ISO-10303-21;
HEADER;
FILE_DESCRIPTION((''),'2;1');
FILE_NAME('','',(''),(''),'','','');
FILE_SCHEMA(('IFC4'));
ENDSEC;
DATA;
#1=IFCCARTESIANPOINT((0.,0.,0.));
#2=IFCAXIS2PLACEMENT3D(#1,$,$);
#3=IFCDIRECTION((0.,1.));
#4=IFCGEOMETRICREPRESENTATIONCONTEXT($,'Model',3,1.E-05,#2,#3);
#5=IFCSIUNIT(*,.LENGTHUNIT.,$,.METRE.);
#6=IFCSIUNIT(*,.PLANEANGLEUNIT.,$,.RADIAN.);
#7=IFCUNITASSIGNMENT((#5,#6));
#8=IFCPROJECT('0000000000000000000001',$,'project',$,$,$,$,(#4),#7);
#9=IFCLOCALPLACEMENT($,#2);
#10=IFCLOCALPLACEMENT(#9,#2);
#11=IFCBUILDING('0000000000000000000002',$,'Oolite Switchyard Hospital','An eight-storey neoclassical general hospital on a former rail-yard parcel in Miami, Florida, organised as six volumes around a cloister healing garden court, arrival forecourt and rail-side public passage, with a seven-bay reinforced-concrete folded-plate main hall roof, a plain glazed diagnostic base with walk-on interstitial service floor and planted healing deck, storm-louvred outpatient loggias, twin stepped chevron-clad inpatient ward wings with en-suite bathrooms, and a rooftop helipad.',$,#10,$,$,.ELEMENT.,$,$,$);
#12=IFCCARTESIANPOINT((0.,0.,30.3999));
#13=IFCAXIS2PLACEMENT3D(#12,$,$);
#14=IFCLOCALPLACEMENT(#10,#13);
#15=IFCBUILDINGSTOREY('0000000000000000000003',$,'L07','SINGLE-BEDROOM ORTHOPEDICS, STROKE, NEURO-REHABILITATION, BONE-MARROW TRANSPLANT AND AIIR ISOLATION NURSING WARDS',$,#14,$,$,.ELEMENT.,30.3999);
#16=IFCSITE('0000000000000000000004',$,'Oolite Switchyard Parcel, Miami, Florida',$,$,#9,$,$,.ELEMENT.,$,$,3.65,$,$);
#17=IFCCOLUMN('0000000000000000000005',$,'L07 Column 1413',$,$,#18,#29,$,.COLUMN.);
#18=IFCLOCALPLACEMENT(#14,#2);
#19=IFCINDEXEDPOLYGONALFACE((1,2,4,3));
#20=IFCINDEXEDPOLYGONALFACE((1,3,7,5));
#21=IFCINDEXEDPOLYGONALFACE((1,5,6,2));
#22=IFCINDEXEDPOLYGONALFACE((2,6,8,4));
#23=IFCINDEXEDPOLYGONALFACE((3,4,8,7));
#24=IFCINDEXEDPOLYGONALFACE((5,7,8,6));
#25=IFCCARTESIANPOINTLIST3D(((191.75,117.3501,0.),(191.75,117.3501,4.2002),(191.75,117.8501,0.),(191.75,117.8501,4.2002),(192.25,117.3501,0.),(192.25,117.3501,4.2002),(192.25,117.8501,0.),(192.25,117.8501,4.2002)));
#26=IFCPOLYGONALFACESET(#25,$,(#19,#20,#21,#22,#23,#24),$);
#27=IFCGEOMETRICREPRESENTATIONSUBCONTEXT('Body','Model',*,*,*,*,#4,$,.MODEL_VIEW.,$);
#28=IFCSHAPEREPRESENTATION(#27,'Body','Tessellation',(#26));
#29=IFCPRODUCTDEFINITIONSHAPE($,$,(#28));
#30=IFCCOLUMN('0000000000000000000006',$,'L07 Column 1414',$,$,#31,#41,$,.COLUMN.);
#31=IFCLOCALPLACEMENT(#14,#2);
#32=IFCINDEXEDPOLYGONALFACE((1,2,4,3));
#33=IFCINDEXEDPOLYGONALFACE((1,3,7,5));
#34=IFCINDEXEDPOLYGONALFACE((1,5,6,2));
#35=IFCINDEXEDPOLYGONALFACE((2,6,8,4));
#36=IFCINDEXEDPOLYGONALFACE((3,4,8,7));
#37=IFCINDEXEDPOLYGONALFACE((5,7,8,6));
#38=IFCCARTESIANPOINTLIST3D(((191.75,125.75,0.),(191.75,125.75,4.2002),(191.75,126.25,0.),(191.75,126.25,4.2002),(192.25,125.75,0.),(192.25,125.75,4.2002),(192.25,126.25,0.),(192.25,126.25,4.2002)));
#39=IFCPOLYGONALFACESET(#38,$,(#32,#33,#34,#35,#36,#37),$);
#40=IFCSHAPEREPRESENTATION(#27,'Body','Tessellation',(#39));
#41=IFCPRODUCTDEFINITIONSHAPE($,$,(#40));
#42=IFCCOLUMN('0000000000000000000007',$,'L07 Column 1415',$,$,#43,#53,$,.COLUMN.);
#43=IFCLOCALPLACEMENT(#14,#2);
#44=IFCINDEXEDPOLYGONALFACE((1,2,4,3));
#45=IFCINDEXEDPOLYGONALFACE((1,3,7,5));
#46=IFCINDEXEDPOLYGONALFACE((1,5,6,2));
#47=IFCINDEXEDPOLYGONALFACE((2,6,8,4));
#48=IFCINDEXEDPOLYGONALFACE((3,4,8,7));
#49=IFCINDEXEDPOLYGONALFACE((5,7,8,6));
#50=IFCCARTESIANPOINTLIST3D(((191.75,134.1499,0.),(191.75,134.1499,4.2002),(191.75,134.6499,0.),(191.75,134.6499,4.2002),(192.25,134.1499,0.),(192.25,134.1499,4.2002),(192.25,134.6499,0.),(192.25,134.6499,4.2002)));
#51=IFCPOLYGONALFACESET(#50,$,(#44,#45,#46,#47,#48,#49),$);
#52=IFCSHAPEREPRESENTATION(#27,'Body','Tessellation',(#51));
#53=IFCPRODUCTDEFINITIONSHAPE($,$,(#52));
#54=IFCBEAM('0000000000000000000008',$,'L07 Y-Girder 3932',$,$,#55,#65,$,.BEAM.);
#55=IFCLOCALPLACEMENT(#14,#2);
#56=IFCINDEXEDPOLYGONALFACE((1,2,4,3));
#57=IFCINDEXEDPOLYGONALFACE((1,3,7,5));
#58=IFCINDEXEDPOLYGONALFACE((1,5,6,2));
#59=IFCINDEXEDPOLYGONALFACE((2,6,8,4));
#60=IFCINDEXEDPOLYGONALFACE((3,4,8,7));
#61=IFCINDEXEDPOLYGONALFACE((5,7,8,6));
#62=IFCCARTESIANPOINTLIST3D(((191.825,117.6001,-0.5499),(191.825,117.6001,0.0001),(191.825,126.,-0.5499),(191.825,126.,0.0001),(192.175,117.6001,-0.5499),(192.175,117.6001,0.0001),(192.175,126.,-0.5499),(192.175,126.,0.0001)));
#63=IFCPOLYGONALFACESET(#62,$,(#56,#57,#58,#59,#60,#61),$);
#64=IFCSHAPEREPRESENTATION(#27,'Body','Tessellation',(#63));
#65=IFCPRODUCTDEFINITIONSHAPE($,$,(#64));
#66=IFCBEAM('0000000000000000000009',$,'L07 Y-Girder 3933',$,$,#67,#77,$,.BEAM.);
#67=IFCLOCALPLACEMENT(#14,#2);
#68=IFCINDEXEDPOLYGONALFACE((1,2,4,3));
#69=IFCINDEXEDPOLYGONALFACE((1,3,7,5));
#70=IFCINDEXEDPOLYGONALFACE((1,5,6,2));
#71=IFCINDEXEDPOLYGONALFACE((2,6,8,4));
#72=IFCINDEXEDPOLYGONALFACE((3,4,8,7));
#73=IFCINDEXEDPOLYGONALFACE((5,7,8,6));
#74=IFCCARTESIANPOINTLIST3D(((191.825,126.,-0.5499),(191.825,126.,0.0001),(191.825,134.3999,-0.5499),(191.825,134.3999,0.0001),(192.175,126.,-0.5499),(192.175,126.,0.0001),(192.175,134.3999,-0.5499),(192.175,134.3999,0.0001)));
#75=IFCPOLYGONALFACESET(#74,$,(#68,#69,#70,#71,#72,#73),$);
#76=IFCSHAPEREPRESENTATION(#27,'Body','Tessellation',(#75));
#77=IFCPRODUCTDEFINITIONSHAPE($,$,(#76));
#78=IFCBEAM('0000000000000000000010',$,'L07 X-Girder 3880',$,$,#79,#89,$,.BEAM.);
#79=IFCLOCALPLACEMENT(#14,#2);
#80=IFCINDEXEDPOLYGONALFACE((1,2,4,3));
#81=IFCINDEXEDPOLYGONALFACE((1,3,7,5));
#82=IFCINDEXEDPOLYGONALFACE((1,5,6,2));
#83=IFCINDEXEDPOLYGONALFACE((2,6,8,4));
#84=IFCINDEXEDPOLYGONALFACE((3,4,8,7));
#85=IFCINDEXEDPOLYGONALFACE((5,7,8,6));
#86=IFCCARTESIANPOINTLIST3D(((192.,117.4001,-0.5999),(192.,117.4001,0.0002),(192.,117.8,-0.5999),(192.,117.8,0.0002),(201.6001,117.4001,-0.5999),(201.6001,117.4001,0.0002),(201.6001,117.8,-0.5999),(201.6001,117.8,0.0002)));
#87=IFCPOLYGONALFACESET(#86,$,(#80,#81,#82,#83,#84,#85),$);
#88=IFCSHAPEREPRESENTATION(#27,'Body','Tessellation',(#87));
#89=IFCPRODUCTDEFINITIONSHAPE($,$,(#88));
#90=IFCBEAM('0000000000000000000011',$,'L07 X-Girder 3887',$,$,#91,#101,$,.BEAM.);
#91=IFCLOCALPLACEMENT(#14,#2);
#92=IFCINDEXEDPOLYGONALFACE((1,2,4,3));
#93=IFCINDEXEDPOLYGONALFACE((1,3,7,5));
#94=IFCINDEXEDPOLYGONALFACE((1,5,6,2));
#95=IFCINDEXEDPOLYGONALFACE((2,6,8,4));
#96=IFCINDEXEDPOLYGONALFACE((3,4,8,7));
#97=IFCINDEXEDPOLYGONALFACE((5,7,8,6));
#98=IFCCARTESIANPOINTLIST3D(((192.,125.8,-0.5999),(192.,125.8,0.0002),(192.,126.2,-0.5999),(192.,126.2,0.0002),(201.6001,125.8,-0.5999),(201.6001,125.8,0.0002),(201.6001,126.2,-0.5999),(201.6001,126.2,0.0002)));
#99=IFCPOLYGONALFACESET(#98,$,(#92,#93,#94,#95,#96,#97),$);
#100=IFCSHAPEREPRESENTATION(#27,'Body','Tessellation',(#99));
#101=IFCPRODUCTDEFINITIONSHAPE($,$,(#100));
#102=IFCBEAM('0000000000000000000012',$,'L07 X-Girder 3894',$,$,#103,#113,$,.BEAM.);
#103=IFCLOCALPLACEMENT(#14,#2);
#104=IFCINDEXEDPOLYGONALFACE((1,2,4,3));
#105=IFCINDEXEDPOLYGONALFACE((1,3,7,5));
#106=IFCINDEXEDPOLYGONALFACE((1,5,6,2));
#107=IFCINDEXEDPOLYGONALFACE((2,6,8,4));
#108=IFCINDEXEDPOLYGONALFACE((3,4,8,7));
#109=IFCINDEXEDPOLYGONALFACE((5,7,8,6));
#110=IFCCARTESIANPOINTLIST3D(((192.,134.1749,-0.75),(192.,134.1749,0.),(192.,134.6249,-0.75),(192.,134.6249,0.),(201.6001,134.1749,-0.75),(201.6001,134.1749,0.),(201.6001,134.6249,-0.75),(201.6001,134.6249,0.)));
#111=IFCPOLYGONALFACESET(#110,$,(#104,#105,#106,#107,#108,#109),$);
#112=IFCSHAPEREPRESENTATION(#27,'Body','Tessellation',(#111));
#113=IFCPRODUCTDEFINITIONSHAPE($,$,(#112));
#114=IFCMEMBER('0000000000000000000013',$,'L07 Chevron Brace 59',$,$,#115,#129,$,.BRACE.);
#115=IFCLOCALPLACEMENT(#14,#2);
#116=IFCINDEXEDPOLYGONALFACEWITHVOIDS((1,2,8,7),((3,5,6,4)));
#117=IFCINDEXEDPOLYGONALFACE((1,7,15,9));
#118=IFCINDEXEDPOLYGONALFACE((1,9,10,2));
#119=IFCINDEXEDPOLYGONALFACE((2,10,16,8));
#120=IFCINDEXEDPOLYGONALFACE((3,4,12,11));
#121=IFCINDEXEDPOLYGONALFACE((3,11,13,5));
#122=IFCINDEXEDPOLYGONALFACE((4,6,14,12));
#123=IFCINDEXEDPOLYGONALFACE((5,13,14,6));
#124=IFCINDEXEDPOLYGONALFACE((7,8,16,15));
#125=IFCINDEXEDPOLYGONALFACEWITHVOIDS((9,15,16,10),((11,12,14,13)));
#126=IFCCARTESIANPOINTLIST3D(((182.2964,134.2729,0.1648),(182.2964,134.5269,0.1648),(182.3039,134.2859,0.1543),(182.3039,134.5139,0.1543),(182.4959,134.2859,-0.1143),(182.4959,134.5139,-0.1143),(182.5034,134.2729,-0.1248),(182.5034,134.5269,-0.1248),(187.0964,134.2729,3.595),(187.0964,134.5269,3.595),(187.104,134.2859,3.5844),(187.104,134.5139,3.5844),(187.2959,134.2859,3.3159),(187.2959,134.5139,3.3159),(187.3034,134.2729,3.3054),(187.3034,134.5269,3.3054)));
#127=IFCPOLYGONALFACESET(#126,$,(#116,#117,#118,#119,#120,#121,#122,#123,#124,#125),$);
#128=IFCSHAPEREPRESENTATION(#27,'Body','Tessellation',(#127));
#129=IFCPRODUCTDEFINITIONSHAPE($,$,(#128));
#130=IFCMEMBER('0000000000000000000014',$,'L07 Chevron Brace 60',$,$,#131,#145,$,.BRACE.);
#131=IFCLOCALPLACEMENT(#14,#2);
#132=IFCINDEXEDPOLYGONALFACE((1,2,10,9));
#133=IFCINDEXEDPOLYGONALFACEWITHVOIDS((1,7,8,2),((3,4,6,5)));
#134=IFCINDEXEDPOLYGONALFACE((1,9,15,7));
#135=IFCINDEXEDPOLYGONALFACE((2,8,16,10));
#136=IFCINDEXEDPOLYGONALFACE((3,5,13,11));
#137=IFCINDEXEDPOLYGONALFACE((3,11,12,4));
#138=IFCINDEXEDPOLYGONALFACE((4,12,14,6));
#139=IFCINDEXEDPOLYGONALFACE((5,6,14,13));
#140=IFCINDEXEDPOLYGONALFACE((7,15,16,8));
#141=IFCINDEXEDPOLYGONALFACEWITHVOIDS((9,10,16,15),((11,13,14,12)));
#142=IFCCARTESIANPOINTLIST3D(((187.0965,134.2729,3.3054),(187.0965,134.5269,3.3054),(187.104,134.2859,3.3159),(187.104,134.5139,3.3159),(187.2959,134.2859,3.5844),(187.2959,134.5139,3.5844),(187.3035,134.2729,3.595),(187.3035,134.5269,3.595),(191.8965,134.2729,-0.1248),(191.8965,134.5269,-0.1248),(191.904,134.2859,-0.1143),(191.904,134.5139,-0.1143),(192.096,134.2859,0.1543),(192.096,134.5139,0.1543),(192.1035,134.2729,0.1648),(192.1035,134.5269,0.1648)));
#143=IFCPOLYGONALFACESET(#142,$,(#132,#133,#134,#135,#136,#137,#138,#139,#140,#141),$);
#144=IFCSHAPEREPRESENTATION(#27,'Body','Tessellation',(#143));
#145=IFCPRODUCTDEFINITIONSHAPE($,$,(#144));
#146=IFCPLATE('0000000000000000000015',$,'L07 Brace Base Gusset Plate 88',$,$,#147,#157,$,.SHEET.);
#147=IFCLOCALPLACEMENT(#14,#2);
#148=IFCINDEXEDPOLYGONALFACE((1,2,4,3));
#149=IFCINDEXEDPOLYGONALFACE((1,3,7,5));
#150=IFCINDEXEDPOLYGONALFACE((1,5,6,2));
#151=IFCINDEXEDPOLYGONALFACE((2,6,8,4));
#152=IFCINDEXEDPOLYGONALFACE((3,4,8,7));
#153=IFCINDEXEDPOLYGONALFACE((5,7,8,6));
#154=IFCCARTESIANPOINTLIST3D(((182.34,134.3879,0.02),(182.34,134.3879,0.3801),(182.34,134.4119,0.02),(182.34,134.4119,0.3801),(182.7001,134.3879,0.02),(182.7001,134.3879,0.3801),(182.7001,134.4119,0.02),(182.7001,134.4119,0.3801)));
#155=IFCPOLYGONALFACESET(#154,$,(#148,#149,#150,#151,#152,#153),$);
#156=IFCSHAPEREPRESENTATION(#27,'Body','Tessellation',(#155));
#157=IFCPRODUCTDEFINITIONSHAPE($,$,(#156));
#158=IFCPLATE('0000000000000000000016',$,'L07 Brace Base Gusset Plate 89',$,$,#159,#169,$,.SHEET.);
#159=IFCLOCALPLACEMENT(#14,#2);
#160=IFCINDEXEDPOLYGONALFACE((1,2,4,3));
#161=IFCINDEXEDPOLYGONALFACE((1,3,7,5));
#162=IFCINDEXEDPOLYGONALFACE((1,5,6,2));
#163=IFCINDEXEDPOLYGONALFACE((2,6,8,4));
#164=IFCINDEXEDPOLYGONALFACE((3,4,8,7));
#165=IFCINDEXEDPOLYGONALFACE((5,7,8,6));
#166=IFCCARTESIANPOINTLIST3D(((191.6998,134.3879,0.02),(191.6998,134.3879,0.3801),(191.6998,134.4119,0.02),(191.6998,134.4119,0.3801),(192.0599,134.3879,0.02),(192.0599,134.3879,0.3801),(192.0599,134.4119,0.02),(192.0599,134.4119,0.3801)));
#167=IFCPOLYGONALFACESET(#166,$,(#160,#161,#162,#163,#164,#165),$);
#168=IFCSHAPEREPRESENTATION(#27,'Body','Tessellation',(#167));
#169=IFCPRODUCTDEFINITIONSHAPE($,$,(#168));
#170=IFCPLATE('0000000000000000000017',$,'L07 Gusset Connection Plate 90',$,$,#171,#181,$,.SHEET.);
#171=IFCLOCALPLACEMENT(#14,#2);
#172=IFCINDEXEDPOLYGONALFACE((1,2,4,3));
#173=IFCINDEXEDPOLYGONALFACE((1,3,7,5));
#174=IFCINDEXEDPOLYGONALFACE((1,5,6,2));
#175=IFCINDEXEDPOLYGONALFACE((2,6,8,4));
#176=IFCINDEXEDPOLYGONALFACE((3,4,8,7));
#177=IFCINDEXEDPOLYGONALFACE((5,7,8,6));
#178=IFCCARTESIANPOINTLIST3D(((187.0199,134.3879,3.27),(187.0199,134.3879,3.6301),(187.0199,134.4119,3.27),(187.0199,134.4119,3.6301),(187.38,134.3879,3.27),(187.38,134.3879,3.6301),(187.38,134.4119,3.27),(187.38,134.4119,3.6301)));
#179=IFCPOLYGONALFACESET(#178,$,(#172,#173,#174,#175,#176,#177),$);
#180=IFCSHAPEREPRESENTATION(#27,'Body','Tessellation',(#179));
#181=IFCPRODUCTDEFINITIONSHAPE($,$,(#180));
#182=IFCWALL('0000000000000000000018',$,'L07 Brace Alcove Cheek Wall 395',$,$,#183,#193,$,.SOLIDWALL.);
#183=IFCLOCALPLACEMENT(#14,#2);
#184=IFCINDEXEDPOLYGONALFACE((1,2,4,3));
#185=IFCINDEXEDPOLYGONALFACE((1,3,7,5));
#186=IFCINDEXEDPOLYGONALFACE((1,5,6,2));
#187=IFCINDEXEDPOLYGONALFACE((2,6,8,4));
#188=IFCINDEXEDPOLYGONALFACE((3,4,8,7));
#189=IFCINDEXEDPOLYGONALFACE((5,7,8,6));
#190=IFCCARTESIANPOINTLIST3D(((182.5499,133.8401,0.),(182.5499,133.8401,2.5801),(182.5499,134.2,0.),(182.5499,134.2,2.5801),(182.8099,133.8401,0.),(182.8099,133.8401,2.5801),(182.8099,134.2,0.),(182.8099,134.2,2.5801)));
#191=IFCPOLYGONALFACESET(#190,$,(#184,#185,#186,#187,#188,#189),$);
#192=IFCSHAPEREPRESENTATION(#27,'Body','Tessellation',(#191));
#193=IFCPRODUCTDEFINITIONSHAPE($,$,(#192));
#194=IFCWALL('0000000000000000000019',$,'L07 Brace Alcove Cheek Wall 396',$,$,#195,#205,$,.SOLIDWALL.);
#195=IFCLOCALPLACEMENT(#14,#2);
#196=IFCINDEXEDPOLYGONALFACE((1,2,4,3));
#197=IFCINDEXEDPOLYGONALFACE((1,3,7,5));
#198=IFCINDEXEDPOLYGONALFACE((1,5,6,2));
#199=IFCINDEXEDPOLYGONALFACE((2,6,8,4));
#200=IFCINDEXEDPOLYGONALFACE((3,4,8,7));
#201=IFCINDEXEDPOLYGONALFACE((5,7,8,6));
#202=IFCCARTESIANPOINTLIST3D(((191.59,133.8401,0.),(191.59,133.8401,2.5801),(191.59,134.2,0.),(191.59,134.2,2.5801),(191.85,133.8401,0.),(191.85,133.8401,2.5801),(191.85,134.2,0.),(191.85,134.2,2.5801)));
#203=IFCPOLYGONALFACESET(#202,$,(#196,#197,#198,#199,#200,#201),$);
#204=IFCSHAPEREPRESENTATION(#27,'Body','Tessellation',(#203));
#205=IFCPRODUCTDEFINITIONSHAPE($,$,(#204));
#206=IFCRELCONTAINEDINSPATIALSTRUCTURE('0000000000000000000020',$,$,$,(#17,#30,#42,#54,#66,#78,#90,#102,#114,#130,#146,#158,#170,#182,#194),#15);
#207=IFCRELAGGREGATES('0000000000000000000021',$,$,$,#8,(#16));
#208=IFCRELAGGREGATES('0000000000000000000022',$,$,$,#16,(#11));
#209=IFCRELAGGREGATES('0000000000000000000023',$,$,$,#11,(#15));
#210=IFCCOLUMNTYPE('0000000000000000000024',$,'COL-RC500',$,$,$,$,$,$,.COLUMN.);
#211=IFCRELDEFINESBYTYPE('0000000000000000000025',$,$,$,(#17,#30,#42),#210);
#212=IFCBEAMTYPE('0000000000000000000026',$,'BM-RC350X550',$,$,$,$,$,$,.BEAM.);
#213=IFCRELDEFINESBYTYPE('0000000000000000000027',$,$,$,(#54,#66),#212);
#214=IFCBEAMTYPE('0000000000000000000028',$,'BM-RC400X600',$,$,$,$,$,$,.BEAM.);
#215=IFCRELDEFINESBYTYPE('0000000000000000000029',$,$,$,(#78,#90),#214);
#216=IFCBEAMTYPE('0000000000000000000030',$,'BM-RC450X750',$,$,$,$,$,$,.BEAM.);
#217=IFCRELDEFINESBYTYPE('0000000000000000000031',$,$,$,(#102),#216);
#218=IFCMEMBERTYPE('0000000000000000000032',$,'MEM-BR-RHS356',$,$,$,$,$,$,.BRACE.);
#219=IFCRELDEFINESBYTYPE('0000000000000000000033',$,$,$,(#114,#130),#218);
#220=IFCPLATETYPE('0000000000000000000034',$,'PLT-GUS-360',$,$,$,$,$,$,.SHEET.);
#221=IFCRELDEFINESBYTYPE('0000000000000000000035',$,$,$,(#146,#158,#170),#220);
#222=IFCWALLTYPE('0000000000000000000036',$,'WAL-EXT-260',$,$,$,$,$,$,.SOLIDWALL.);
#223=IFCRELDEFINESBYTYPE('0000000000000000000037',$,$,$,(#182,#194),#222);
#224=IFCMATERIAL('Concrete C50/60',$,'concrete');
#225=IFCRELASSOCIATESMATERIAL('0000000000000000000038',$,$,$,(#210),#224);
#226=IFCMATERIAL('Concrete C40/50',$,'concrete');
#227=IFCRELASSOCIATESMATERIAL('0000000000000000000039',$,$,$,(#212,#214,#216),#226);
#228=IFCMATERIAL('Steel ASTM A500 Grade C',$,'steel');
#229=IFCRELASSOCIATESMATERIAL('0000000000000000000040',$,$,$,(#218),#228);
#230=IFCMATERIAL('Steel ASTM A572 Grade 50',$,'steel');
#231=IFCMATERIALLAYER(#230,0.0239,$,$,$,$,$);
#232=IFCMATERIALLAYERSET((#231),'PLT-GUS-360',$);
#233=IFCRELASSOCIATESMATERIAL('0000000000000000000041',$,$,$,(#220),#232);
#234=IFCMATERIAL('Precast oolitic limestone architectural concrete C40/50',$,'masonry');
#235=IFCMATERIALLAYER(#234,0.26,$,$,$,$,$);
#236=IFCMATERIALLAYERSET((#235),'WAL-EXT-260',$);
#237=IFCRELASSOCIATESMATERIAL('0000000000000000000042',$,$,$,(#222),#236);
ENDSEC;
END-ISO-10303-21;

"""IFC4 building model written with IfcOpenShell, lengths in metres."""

from ifc_helpers import new_model, si_unit, direction, frame, frame_2d, origin, origin_2d, place, context, subcontext, project, spatial, rectangle, hollow_rectangle, extrude, material, layer, layer_set, material_profile, profile_set, type_object, element, save


model = new_model("IFC4")

# Units and contexts
model_context = context("Model", 3, precision=1e-05, world=origin(), true_north=direction((0.0, 1.0)))
body_context = subcontext(model_context, "Body", "Model", "MODEL_VIEW")
ifc_project = project(units=[si_unit("LENGTHUNIT", "METRE"), si_unit("PLANEANGLEUNIT", "RADIAN")], contexts=[model_context])

# Site, building, storey
site_placement = place(None, origin())
site = spatial("IfcSite", under=ifc_project, at=site_placement, Name="Oolite Switchyard Parcel, Miami, Florida", CompositionType="ELEMENT", RefElevation=3.65)
building_placement = place(site_placement, origin())
building = spatial("IfcBuilding", under=site, at=building_placement, Name="Oolite Switchyard Hospital", Description="An eight-storey neoclassical general hospital on a former rail-yard parcel in Miami, Florida, organised as six volumes around a cloister healing garden court, arrival forecourt and rail-side public passage, with a seven-bay reinforced-concrete folded-plate main hall roof, a plain glazed diagnostic base with walk-on interstitial service floor and planted healing deck, storm-louvred outpatient loggias, twin stepped chevron-clad inpatient ward wings with en-suite bathrooms, and a rooftop helipad.", CompositionType="ELEMENT")
storey_placement = place(building_placement, frame((0.0, 0.0, 30.3999)))
storey = spatial("IfcBuildingStorey", under=building, at=storey_placement, Name="L07", Description="SINGLE-BEDROOM ORTHOPEDICS, STROKE, NEURO-REHABILITATION, BONE-MARROW TRANSPLANT AND AIIR ISOLATION NURSING WARDS", CompositionType="ELEMENT", Elevation=30.3999)

# Columns
ifc_material_1 = material(Name="Concrete C50/60", Category="concrete")
ifc_material_profile_1 = material_profile(ifc_material_1, rectangle(XDim=0.5, YDim=0.5, at=origin_2d()), Name="RC500X500")
ifc_profile_set_1 = profile_set([ifc_material_profile_1], Name="Concrete C50/60")
column_type = type_object("IfcColumnType", Name="COL-RC500", PredefinedType="COLUMN", material=ifc_profile_set_1)
for number, where, z_axis, x_axis, name in (
    (1, (192.0, 117.6001, 0.0), (0.0, 0.0, 1.0), (1.0, 0.0, 0.0), "L07 Column 1413"),
    (2, (192.0, 126.0, 0.0), (0.0, 0.0, 1.0), (1.0, 0.0, 0.0), "L07 Column 1414"),
    (3, (192.0, 134.3999, 0.0), (0.0, 0.0, 1.0), (1.0, 0.0, 0.0), "L07 Column 1415"),
):
    element("IfcColumn", number, at=place(storey_placement, frame(where, z_axis=z_axis, x_axis=x_axis)), inside=storey, type_object=column_type, Name=name, PredefinedType="COLUMN", context=body_context, shape_type="SweptSolid", body=[
        extrude(rectangle(XDim=0.5, YDim=0.5, at=origin_2d()), origin(), (0.0, 0.0, 1.0), 4.2002),
    ])

# Beams
ifc_material_2 = material(Name="Concrete C40/50", Category="concrete")
ifc_material_profile_2 = material_profile(ifc_material_2, rectangle(XDim=0.3501, YDim=0.55, at=origin_2d()), Name="RCB350X550")
ifc_profile_set_2 = profile_set([ifc_material_profile_2], Name="Concrete C40/50")
beam_type_1 = type_object("IfcBeamType", Name="BM-RC350X550", PredefinedType="BEAM", material=ifc_profile_set_2)
for number, where, z_axis, x_axis, name in (
    (4, (192.0, 117.6001, -0.2749), (0.0, 1.0, 0.0), (-1.0, 0.0, 0.0), "L07 Y-Girder 3932"),
    (5, (192.0, 126.0, -0.2749), (0.0, 1.0, 0.0), (-1.0, 0.0, 0.0), "L07 Y-Girder 3933"),
):
    element("IfcBeam", number, at=place(storey_placement, frame(where, z_axis=z_axis, x_axis=x_axis)), inside=storey, type_object=beam_type_1, Name=name, PredefinedType="BEAM", context=body_context, shape_type="SweptSolid", body=[
        extrude(rectangle(XDim=0.3501, YDim=0.55, at=origin_2d()), origin(), (0.0, 0.0, 1.0), 8.3999),
    ])
ifc_material_profile_3 = material_profile(ifc_material_2, rectangle(XDim=0.3999, YDim=0.6001, at=origin_2d()), Name="RCB400X600")
ifc_profile_set_3 = profile_set([ifc_material_profile_3], Name="Concrete C40/50")
beam_type_2 = type_object("IfcBeamType", Name="BM-RC400X600", PredefinedType="BEAM", material=ifc_profile_set_3)
for number, where, z_axis, x_axis, name in (
    (6, (192.0, 117.6001, -0.2998), (1.0, 0.0, 0.0), (0.0, 1.0, 0.0), "L07 X-Girder 3880"),
    (7, (192.0, 126.0, -0.2998), (1.0, 0.0, 0.0), (0.0, 1.0, 0.0), "L07 X-Girder 3887"),
):
    element("IfcBeam", number, at=place(storey_placement, frame(where, z_axis=z_axis, x_axis=x_axis)), inside=storey, type_object=beam_type_2, Name=name, PredefinedType="BEAM", context=body_context, shape_type="SweptSolid", body=[
        extrude(rectangle(XDim=0.3999, YDim=0.6001, at=origin_2d()), origin(), (0.0, 0.0, 1.0), 9.6001),
    ])
ifc_material_profile_4 = material_profile(ifc_material_2, rectangle(XDim=0.45, YDim=0.75, at=origin_2d()), Name="RCB450X750")
ifc_profile_set_4 = profile_set([ifc_material_profile_4], Name="Concrete C40/50")
beam_type_3 = type_object("IfcBeamType", Name="BM-RC450X750", PredefinedType="BEAM", material=ifc_profile_set_4)
beam_placement = place(storey_placement, frame((192.0, 134.3999, -0.375), z_axis=(1.0, 0.0, 0.0), x_axis=(0.0, 1.0, 0.0)))
element("IfcBeam", 8, at=beam_placement, inside=storey, type_object=beam_type_3, Name="L07 X-Girder 3894", PredefinedType="BEAM", context=body_context, shape_type="SweptSolid", body=[
    extrude(rectangle(XDim=0.45, YDim=0.75, at=origin_2d()), origin(), (0.0, 0.0, 1.0), 9.6001),
])

# Members
ifc_material_3 = material(Name="Steel ASTM A500 Grade C", Category="steel")
ifc_material_profile_5 = material_profile(ifc_material_3, hollow_rectangle(XDim=0.2539, YDim=0.356, WallThickness=0.0129, at=origin_2d()), Name="HSS356X254X13")
ifc_profile_set_5 = profile_set([ifc_material_profile_5], Name="Steel ASTM A500 Grade C")
member_type = type_object("IfcMemberType", Name="MEM-BR-RHS356", PredefinedType="BRACE", material=ifc_profile_set_5)
for number, where, z_axis, x_axis, name in (
    (9, (182.3999, 134.3999, 0.02), (0.813608, 0.0, 0.581414), (0.0, 1.0, 0.0), "L07 Chevron Brace 59"),
    (10, (192.0, 134.3999, 0.02), (-0.813608, 0.0, 0.581414), (0.0, -1.0, 0.0), "L07 Chevron Brace 60"),
):
    element("IfcMember", number, at=place(storey_placement, frame(where, z_axis=z_axis, x_axis=x_axis)), inside=storey, type_object=member_type, Name=name, PredefinedType="BRACE", context=body_context, shape_type="SweptSolid", body=[
        extrude(hollow_rectangle(XDim=0.2539, YDim=0.356, WallThickness=0.0129, at=origin_2d()), origin(), (0.0, 0.0, 1.0), 5.8997),
    ])

# Plates
ifc_material_4 = material(Name="Steel ASTM A572 Grade 50", Category="steel")
ifc_layer_1 = layer(ifc_material_4, 0.0239)
ifc_layer_set_1 = layer_set([ifc_layer_1], Name="PLT-GUS-360")
plate_type = type_object("IfcPlateType", Name="PLT-GUS-360", PredefinedType="SHEET", material=ifc_layer_set_1)
for number, where, z_axis, x_axis, name in (
    (11, (182.52, 134.3999, 0.02), (0.0, 0.0, 1.0), (1.0, 0.0, 0.0), "L07 Brace Base Gusset Plate 88"),
    (12, (191.8799, 134.3999, 0.02), (0.0, 0.0, 1.0), (1.0, 0.0, 0.0), "L07 Brace Base Gusset Plate 89"),
    (13, (187.2, 134.3999, 3.27), (0.0, 0.0, 1.0), (1.0, 0.0, 0.0), "L07 Gusset Connection Plate 90"),
):
    element("IfcPlate", number, at=place(storey_placement, frame(where, z_axis=z_axis, x_axis=x_axis)), inside=storey, type_object=plate_type, Name=name, PredefinedType="SHEET", context=body_context, shape_type="SweptSolid", body=[
        extrude(rectangle(XDim=0.3601, YDim=0.0239, at=origin_2d()), origin(), (0.0, 0.0, 1.0), 0.3601),
    ])

# Walls
ifc_material_5 = material(Name="Precast oolitic limestone architectural concrete C40/50", Category="masonry")
ifc_layer_2 = layer(ifc_material_5, 0.26)
ifc_layer_set_2 = layer_set([ifc_layer_2], Name="WAL-EXT-260")
wall_type_1 = type_object("IfcWallType", Name="WAL-EXT-260", PredefinedType="SOLIDWALL", material=ifc_layer_set_2)
for number, where, z_axis, x_axis, name in (
    (14, (182.6799, 134.2, 0.0), (0.0, 0.0, 1.0), (0.0, -1.0, 0.0), "L07 Brace Alcove Cheek Wall 395"),
    (15, (191.72, 134.2, 0.0), (0.0, 0.0, 1.0), (0.0, -1.0, 0.0), "L07 Brace Alcove Cheek Wall 396"),
):
    element("IfcWall", number, at=place(storey_placement, frame(where, z_axis=z_axis, x_axis=x_axis)), inside=storey, type_object=wall_type_1, Name=name, PredefinedType="SOLIDWALL", context=body_context, shape_type="SweptSolid", body=[
        extrude(rectangle(XDim=0.3599, YDim=0.26, at=frame_2d((0.1799, 0.0))), origin(), (0.0, 0.0, 1.0), 2.5801),
    ])

save(model, "model.ifc")
